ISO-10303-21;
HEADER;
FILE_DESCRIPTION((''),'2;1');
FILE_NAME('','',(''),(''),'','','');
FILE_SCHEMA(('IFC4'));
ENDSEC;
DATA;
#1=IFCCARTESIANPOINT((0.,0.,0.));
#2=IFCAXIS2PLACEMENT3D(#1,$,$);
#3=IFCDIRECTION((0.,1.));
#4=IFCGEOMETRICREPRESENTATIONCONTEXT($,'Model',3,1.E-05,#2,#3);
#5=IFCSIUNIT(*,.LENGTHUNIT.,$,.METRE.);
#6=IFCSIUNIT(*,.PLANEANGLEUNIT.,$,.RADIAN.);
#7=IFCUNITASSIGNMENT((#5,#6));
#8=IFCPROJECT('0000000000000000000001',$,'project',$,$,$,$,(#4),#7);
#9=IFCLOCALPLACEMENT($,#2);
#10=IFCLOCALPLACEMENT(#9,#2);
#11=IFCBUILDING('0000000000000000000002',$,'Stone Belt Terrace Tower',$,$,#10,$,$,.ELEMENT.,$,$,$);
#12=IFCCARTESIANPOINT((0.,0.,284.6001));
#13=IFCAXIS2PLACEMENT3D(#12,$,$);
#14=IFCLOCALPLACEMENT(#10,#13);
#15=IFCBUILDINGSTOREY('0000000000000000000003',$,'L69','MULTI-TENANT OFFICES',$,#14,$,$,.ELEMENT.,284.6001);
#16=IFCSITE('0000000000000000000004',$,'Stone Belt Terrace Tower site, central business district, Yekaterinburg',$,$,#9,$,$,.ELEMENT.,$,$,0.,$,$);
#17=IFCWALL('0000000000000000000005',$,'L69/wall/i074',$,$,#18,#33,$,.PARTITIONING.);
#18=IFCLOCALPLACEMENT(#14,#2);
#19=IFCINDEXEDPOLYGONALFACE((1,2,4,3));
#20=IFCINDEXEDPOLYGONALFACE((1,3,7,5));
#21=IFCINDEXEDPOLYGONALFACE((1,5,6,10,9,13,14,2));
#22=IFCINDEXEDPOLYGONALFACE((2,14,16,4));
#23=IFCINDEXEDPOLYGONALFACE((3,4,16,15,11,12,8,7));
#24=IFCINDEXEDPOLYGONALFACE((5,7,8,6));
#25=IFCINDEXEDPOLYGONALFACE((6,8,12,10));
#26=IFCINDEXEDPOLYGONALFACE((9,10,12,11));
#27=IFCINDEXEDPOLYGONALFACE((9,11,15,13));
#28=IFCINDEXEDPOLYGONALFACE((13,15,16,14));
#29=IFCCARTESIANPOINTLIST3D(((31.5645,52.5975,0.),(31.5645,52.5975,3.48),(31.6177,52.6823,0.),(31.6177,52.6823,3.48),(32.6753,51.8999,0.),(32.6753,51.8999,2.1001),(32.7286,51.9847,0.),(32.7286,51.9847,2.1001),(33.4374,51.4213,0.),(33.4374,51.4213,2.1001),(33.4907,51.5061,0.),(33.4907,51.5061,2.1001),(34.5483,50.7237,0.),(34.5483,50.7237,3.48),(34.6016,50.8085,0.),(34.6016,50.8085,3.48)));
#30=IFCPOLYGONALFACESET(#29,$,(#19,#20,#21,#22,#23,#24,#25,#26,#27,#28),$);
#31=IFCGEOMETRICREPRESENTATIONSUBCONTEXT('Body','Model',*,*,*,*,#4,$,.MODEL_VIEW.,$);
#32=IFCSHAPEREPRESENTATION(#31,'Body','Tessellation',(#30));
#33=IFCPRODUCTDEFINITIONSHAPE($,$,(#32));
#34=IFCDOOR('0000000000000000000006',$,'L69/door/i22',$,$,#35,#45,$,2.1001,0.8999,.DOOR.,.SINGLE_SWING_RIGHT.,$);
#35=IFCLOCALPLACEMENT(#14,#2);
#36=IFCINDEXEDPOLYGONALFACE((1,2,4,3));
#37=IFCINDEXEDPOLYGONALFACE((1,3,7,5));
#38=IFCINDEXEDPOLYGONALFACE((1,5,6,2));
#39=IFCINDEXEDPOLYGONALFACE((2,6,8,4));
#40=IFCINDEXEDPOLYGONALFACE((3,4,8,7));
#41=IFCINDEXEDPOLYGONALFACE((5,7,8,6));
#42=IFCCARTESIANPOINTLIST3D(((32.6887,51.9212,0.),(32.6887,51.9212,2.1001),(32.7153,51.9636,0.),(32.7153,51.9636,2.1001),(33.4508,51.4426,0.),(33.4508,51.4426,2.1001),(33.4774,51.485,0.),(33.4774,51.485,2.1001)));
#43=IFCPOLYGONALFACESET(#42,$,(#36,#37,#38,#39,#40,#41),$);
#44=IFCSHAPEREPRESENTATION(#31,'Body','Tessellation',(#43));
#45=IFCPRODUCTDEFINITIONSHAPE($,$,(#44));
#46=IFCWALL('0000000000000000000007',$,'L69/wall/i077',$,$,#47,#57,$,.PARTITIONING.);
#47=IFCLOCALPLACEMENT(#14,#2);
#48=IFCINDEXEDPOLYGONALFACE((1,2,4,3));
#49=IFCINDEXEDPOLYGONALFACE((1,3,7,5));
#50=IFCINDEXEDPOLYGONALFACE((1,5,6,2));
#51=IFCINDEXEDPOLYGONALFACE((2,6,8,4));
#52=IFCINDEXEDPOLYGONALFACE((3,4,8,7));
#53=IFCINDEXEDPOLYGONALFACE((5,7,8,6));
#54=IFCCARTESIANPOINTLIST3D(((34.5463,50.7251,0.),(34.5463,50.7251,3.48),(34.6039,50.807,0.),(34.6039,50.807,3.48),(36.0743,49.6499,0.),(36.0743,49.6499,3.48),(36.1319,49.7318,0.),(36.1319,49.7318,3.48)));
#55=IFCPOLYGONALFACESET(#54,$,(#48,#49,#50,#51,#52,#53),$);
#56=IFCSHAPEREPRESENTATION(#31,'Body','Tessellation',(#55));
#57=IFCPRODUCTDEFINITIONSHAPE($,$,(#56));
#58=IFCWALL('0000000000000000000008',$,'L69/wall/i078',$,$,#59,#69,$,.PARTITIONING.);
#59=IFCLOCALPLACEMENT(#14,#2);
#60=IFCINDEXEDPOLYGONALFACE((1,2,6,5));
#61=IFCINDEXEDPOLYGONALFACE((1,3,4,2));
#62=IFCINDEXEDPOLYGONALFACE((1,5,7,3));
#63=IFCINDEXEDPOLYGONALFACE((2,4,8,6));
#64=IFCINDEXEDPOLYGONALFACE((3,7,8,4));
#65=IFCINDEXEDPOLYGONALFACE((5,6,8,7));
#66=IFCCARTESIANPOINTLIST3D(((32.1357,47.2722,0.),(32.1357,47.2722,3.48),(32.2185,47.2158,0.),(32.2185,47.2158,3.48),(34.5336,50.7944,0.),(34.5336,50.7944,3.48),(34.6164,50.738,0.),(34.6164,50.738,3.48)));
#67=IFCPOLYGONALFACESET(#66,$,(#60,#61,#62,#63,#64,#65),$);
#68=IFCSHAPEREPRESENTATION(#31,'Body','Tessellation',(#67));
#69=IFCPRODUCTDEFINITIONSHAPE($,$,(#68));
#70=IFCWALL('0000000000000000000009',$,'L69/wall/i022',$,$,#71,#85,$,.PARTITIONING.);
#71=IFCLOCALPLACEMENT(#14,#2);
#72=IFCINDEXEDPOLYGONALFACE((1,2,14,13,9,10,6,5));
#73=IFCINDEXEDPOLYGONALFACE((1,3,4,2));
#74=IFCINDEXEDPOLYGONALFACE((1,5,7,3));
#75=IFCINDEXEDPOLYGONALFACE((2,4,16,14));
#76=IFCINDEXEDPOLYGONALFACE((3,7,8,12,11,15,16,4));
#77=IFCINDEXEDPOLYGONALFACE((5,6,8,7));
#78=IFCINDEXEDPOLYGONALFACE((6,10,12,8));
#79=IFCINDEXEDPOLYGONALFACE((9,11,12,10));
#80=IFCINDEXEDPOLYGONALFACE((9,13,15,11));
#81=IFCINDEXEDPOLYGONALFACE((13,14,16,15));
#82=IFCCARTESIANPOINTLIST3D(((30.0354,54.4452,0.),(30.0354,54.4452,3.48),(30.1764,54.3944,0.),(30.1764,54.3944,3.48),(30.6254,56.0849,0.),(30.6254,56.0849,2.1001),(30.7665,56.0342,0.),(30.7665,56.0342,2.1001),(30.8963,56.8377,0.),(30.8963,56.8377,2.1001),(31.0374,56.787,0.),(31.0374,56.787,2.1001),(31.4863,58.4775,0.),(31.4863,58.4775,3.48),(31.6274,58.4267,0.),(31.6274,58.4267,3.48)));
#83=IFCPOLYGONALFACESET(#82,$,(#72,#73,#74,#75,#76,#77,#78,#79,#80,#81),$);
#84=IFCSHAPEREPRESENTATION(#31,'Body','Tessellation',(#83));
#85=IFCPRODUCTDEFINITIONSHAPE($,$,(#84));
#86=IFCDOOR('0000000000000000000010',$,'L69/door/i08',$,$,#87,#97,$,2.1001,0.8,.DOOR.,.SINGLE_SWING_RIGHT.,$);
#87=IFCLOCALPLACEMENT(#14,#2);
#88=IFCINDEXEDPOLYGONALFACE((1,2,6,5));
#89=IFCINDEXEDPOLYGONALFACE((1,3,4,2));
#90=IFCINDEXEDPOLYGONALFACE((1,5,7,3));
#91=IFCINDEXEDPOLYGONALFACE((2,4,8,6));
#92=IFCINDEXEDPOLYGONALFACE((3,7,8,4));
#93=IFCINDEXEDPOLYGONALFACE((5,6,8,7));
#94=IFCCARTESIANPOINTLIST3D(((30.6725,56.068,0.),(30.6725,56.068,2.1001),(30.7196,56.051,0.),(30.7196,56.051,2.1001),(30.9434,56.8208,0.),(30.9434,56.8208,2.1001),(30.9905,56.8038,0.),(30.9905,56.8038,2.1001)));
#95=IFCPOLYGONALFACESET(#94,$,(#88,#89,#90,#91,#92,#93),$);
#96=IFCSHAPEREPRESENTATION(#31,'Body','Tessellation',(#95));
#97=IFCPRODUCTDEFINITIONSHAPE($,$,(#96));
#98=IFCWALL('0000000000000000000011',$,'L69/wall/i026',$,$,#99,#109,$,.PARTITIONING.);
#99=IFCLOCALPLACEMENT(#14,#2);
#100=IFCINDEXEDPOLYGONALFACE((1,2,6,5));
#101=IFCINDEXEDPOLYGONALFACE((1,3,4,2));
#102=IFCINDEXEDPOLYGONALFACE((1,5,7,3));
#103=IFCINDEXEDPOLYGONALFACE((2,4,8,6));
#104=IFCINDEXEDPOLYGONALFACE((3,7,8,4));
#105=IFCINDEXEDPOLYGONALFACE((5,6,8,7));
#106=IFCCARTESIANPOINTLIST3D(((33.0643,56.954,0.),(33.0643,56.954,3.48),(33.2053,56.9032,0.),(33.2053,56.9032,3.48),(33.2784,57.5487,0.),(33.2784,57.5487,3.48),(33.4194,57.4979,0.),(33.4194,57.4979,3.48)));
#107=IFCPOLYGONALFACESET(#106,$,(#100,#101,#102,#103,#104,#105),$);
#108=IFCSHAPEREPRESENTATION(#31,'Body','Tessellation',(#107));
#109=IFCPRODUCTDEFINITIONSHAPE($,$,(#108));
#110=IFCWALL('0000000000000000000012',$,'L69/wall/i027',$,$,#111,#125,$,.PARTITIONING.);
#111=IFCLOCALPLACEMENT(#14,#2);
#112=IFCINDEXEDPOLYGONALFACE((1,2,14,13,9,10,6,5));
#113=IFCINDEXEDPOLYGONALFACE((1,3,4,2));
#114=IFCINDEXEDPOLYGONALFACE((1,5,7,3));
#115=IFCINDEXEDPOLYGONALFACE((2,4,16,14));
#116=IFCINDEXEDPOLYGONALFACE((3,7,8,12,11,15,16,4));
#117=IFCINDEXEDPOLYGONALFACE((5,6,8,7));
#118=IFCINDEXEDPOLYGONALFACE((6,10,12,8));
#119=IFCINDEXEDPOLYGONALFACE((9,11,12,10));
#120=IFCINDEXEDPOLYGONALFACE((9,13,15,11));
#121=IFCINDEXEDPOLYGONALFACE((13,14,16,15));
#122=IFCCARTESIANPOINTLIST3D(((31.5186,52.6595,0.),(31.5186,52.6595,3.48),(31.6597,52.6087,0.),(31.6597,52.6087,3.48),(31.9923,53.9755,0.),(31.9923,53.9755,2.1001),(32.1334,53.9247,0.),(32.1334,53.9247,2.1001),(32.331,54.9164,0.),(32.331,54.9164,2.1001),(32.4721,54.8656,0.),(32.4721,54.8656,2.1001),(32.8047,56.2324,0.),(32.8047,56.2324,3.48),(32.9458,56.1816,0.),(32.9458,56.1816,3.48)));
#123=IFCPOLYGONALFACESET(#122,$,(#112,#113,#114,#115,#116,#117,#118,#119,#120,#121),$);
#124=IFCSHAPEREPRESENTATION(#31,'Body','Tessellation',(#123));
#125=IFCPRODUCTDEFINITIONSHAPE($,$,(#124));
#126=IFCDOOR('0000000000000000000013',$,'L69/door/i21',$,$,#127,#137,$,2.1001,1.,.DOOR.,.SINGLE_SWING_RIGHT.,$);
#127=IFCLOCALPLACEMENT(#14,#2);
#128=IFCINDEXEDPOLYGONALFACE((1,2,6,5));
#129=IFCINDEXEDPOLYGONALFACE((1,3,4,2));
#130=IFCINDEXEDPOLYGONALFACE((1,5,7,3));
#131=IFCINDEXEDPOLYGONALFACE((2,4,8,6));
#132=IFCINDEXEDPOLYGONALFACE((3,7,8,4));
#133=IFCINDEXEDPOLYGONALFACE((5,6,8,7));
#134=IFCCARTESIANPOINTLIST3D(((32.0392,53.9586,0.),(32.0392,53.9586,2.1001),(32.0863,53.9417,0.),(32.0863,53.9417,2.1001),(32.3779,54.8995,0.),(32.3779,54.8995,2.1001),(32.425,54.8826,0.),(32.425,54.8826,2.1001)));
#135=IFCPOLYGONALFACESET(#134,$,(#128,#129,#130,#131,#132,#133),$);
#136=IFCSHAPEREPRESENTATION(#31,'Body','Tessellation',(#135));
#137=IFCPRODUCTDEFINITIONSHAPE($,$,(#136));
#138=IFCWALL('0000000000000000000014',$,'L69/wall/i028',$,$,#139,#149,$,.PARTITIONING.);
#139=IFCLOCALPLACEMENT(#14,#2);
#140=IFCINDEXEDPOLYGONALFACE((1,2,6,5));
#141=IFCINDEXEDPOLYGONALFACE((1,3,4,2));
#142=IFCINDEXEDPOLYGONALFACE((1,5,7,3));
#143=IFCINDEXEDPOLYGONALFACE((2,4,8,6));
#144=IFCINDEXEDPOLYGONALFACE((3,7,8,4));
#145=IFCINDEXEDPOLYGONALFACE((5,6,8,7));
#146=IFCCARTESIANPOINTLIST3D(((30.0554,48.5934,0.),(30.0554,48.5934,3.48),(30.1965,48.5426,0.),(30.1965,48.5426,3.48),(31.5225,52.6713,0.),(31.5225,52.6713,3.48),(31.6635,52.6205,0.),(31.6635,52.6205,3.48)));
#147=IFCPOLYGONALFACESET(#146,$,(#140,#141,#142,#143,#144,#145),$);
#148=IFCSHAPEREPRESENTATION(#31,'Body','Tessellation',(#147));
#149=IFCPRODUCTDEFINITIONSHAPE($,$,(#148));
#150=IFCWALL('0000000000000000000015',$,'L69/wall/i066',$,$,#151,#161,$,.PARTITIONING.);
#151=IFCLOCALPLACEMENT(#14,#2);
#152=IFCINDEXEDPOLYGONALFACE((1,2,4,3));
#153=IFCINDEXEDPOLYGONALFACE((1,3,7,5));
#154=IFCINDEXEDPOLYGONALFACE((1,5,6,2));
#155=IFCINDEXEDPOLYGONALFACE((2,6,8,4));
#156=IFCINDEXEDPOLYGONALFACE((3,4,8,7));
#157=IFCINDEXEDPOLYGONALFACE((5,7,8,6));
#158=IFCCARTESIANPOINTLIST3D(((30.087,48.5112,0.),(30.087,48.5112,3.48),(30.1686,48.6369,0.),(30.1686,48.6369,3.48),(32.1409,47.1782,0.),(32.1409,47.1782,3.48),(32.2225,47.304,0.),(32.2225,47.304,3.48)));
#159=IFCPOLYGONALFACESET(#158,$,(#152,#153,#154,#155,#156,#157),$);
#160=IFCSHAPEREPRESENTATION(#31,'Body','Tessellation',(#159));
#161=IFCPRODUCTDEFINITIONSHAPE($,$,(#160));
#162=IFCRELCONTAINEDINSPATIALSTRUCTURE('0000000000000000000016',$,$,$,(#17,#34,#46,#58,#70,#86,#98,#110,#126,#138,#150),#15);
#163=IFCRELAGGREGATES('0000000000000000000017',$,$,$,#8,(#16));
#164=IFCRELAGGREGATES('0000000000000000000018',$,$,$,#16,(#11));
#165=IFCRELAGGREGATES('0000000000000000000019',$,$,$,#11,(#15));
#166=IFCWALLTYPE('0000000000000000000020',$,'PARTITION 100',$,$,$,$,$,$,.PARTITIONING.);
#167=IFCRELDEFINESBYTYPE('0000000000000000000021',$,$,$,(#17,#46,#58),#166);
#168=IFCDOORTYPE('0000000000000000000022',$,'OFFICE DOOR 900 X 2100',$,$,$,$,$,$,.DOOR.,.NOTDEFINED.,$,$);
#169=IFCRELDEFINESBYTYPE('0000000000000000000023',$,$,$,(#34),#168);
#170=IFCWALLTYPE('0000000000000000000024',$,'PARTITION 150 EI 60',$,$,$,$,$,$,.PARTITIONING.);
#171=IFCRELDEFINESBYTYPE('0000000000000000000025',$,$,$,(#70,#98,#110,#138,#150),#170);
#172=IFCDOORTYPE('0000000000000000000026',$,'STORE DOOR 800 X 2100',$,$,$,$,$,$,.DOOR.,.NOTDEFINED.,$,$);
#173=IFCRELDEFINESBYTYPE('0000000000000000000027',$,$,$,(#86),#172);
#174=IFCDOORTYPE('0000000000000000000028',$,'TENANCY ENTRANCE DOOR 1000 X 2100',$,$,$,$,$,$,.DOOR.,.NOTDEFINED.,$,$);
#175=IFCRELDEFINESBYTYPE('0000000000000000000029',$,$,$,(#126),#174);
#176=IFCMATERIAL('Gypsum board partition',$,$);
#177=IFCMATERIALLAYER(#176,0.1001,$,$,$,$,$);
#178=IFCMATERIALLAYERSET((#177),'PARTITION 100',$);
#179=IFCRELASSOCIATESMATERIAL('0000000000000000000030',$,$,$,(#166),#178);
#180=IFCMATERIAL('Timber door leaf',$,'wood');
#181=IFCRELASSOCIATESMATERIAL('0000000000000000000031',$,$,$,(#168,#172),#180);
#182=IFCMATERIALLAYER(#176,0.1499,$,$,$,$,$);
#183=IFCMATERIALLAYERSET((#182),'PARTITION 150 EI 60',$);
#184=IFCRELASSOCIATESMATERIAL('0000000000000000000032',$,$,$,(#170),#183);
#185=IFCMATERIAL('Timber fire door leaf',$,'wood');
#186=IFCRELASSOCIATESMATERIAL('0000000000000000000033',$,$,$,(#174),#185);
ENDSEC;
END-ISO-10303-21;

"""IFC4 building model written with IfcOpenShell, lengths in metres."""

from ifc_helpers import new_model, si_unit, direction, frame, frame_2d, origin, place, context, subcontext, project, spatial, rectangle, extrude, material, layer, layer_set, type_object, element, fill, save


model = new_model("IFC4")

# Units and contexts
model_context = context("Model", 3, precision=1e-05, world=origin(), true_north=direction((0.0, 1.0)))
body_context = subcontext(model_context, "Body", "Model", "MODEL_VIEW")
ifc_project = project(units=[si_unit("LENGTHUNIT", "METRE"), si_unit("PLANEANGLEUNIT", "RADIAN")], contexts=[model_context])

# Site, building, storey
site_placement = place(None, origin())
site = spatial("IfcSite", under=ifc_project, at=site_placement, Name="Stone Belt Terrace Tower site, central business district, Yekaterinburg", CompositionType="ELEMENT", RefElevation=0.0)
building_placement = place(site_placement, origin())
building = spatial("IfcBuilding", under=site, at=building_placement, Name="Stone Belt Terrace Tower", CompositionType="ELEMENT")
storey_placement = place(building_placement, frame((0.0, 0.0, 284.6001)))
storey = spatial("IfcBuildingStorey", under=building, at=storey_placement, Name="L69", Description="MULTI-TENANT OFFICES", CompositionType="ELEMENT", Elevation=284.6001)

# Wall, opening, door
ifc_material_1 = material(Name="Gypsum board partition")
ifc_layer_1 = layer(ifc_material_1, 0.1001)
ifc_layer_set_1 = layer_set([ifc_layer_1], Name="PARTITION 100")
wall_type_1 = type_object("IfcWallType", Name="PARTITION 100", PredefinedType="PARTITIONING", material=ifc_layer_set_1)
wall_1_placement = place(storey_placement, frame((34.575, 50.7661, 0.0), z_axis=(0.0, 0.0, 1.0), x_axis=(-0.846867, 0.531804, 0.0)))
wall_1 = element("IfcWall", 1, at=wall_1_placement, inside=storey, type_object=wall_type_1, Name="L69/wall/i074", PredefinedType="PARTITIONING", context=body_context, shape_type="SweptSolid", body=[
    extrude(rectangle(XDim=3.5234, YDim=0.1001, at=frame_2d((1.7617, 0.0))), origin(), (0.0, 0.0, 1.0), 3.48),
])
opening_1_placement = place(wall_1_placement, frame((1.3118, 0.0, 0.0)))
opening_1 = element("IfcOpeningElement", 2, at=opening_1_placement, cuts=wall_1, PredefinedType="OPENING", context=body_context, shape_type="SweptSolid", body=[
    extrude(rectangle(XDim=0.8999, YDim=2.1001, at=frame_2d((0.45, 1.05))), frame((0.0, 0.0601, 0.0), z_axis=(0.0, -1.0, 0.0), x_axis=(1.0, 0.0, 0.0)), (0.0, 0.0, 1.0), 0.1201),
])
ifc_material_2 = material(Name="Timber door leaf", Category="wood")
door_type_1 = type_object("IfcDoorType", Name="OFFICE DOOR 900 X 2100", OperationType="NOTDEFINED", PredefinedType="DOOR", material=ifc_material_2)
door_1_placement = place(opening_1_placement, origin())
door_1 = element("IfcDoor", 3, at=door_1_placement, inside=storey, type_object=door_type_1, Name="L69/door/i22", OperationType="SINGLE_SWING_RIGHT", OverallHeight=2.1001, OverallWidth=0.8999, PredefinedType="DOOR", context=body_context, shape_type="SweptSolid", body=[
    extrude(rectangle(XDim=0.8999, YDim=2.1001, at=frame_2d((0.45, 1.05))), frame((0.0, 0.0249, 0.0), z_axis=(0.0, -1.0, 0.0), x_axis=(1.0, 0.0, 0.0)), (0.0, 0.0, 1.0), 0.05),
])
fill(opening_1, door_1)

# Walls
wall_2_placement = place(storey_placement, frame((36.103, 49.6909, 0.0), z_axis=(0.0, 0.0, 1.0), x_axis=(-0.817836, 0.575451, 0.0)))
element("IfcWall", 4, at=wall_2_placement, inside=storey, type_object=wall_type_1, Name="L69/wall/i077", PredefinedType="PARTITIONING", context=body_context, shape_type="SweptSolid", body=[
    extrude(rectangle(XDim=1.8684, YDim=0.1001, at=frame_2d((0.9341, 0.0))), origin(), (0.0, 0.0, 1.0), 3.48),
])
wall_3_placement = place(storey_placement, frame((34.575, 50.7661, 0.0), z_axis=(0.0, 0.0, 1.0), x_axis=(-0.562766, -0.826616, 0.0)))
element("IfcWall", 5, at=wall_3_placement, inside=storey, type_object=wall_type_1, Name="L69/wall/i078", PredefinedType="PARTITIONING", context=body_context, shape_type="SweptSolid", body=[
    extrude(rectangle(XDim=4.261, YDim=0.1001, at=frame_2d((2.1304, 0.0))), origin(), (0.0, 0.0, 1.0), 3.48),
])

# Wall, opening, door
ifc_layer_2 = layer(ifc_material_1, 0.1499)
ifc_layer_set_2 = layer_set([ifc_layer_2], Name="PARTITION 150 EI 60")
wall_type_2 = type_object("IfcWallType", Name="PARTITION 150 EI 60", PredefinedType="PARTITIONING", material=ifc_layer_set_2)
wall_4_placement = place(storey_placement, frame((30.106, 54.4199, 0.0), z_axis=(0.0, 0.0, 1.0), x_axis=(0.33858, 0.940938, 0.0)))
wall_4 = element("IfcWall", 6, at=wall_4_placement, inside=storey, type_object=wall_type_2, Name="L69/wall/i022", PredefinedType="PARTITIONING", context=body_context, shape_type="SweptSolid", body=[
    extrude(rectangle(XDim=4.2854, YDim=0.1499, at=frame_2d((2.1426, 0.0))), origin(), (0.0, 0.0, 1.0), 3.48),
])
opening_2_placement = place(wall_4_placement, frame((1.7427, 0.0, 0.0)))
opening_2 = element("IfcOpeningElement", 7, at=opening_2_placement, cuts=wall_4, PredefinedType="OPENING", context=body_context, shape_type="SweptSolid", body=[
    extrude(rectangle(XDim=0.8, YDim=2.1001, at=frame_2d((0.3999, 1.05))), frame((0.0, 0.085, 0.0), z_axis=(0.0, -1.0, 0.0), x_axis=(1.0, 0.0, 0.0)), (0.0, 0.0, 1.0), 0.1699),
])
door_type_2 = type_object("IfcDoorType", Name="STORE DOOR 800 X 2100", OperationType="NOTDEFINED", PredefinedType="DOOR", material=ifc_material_2)
door_2_placement = place(opening_2_placement, origin())
door_2 = element("IfcDoor", 8, at=door_2_placement, inside=storey, type_object=door_type_2, Name="L69/door/i08", OperationType="SINGLE_SWING_RIGHT", OverallHeight=2.1001, OverallWidth=0.8, PredefinedType="DOOR", context=body_context, shape_type="SweptSolid", body=[
    extrude(rectangle(XDim=0.8, YDim=2.1001, at=frame_2d((0.3999, 1.05))), frame((0.0, 0.0249, 0.0), z_axis=(0.0, -1.0, 0.0), x_axis=(1.0, 0.0, 0.0)), (0.0, 0.0, 1.0), 0.05),
])
fill(opening_2, door_2)

# Wall
wall_5_placement = place(storey_placement, frame((33.3489, 57.5232, 0.0), z_axis=(0.0, 0.0, 1.0), x_axis=(-0.338733, -0.940882, 0.0)))
element("IfcWall", 9, at=wall_5_placement, inside=storey, type_object=wall_type_2, Name="L69/wall/i026", PredefinedType="PARTITIONING", context=body_context, shape_type="SweptSolid", body=[
    extrude(rectangle(XDim=0.6321, YDim=0.1499, at=frame_2d((0.3159, 0.0))), origin(), (0.0, 0.0, 1.0), 3.48),
])

# Wall, opening, door
wall_6_placement = place(storey_placement, frame((32.8752, 56.207, 0.0), z_axis=(0.0, 0.0, 1.0), x_axis=(-0.338685, -0.9409, 0.0)))
wall_6 = element("IfcWall", 10, at=wall_6_placement, inside=storey, type_object=wall_type_2, Name="L69/wall/i027", PredefinedType="PARTITIONING", context=body_context, shape_type="SweptSolid", body=[
    extrude(rectangle(XDim=3.7974, YDim=0.1499, at=frame_2d((1.8987, 0.0))), origin(), (0.0, 0.0, 1.0), 3.48),
])
opening_3_placement = place(wall_6_placement, frame((1.3987, 0.0, 0.0)))
opening_3 = element("IfcOpeningElement", 11, at=opening_3_placement, cuts=wall_6, PredefinedType="OPENING", context=body_context, shape_type="SweptSolid", body=[
    extrude(rectangle(XDim=1.0, YDim=2.1001, at=frame_2d((0.5, 1.05))), frame((0.0, 0.085, 0.0), z_axis=(0.0, -1.0, 0.0), x_axis=(1.0, 0.0, 0.0)), (0.0, 0.0, 1.0), 0.1699),
])
ifc_material_3 = material(Name="Timber fire door leaf", Category="wood")
door_type_3 = type_object("IfcDoorType", Name="TENANCY ENTRANCE DOOR 1000 X 2100", OperationType="NOTDEFINED", PredefinedType="DOOR", material=ifc_material_3)
door_3_placement = place(opening_3_placement, origin())
door_3 = element("IfcDoor", 12, at=door_3_placement, inside=storey, type_object=door_type_3, Name="L69/door/i21", OperationType="SINGLE_SWING_RIGHT", OverallHeight=2.1001, OverallWidth=1.0, PredefinedType="DOOR", context=body_context, shape_type="SweptSolid", body=[
    extrude(rectangle(XDim=1.0, YDim=2.1001, at=frame_2d((0.5, 1.05))), frame((0.0, 0.0249, 0.0), z_axis=(0.0, -1.0, 0.0), x_axis=(1.0, 0.0, 0.0)), (0.0, 0.0, 1.0), 0.05),
])
fill(opening_3, door_3)

# Walls
wall_7_placement = place(storey_placement, frame((31.593, 52.646, 0.0), z_axis=(0.0, 0.0, 1.0), x_axis=(-0.338516, -0.940961, 0.0)))
element("IfcWall", 13, at=wall_7_placement, inside=storey, type_object=wall_type_2, Name="L69/wall/i028", PredefinedType="PARTITIONING", context=body_context, shape_type="SweptSolid", body=[
    extrude(rectangle(XDim=4.3337, YDim=0.1499, at=frame_2d((2.167, 0.0))), origin(), (0.0, 0.0, 1.0), 3.48),
])
wall_8_placement = place(storey_placement, frame((30.1279, 48.574, 0.0), z_axis=(0.0, 0.0, 1.0), x_axis=(0.838828, -0.544396, 0.0)))
element("IfcWall", 14, at=wall_8_placement, inside=storey, type_object=wall_type_2, Name="L69/wall/i066", PredefinedType="PARTITIONING", context=body_context, shape_type="SweptSolid", body=[
    extrude(rectangle(XDim=2.4485, YDim=0.1499, at=frame_2d((1.2241, 0.0))), origin(), (0.0, 0.0, 1.0), 3.48),
])

save(model, "model.ifc")
